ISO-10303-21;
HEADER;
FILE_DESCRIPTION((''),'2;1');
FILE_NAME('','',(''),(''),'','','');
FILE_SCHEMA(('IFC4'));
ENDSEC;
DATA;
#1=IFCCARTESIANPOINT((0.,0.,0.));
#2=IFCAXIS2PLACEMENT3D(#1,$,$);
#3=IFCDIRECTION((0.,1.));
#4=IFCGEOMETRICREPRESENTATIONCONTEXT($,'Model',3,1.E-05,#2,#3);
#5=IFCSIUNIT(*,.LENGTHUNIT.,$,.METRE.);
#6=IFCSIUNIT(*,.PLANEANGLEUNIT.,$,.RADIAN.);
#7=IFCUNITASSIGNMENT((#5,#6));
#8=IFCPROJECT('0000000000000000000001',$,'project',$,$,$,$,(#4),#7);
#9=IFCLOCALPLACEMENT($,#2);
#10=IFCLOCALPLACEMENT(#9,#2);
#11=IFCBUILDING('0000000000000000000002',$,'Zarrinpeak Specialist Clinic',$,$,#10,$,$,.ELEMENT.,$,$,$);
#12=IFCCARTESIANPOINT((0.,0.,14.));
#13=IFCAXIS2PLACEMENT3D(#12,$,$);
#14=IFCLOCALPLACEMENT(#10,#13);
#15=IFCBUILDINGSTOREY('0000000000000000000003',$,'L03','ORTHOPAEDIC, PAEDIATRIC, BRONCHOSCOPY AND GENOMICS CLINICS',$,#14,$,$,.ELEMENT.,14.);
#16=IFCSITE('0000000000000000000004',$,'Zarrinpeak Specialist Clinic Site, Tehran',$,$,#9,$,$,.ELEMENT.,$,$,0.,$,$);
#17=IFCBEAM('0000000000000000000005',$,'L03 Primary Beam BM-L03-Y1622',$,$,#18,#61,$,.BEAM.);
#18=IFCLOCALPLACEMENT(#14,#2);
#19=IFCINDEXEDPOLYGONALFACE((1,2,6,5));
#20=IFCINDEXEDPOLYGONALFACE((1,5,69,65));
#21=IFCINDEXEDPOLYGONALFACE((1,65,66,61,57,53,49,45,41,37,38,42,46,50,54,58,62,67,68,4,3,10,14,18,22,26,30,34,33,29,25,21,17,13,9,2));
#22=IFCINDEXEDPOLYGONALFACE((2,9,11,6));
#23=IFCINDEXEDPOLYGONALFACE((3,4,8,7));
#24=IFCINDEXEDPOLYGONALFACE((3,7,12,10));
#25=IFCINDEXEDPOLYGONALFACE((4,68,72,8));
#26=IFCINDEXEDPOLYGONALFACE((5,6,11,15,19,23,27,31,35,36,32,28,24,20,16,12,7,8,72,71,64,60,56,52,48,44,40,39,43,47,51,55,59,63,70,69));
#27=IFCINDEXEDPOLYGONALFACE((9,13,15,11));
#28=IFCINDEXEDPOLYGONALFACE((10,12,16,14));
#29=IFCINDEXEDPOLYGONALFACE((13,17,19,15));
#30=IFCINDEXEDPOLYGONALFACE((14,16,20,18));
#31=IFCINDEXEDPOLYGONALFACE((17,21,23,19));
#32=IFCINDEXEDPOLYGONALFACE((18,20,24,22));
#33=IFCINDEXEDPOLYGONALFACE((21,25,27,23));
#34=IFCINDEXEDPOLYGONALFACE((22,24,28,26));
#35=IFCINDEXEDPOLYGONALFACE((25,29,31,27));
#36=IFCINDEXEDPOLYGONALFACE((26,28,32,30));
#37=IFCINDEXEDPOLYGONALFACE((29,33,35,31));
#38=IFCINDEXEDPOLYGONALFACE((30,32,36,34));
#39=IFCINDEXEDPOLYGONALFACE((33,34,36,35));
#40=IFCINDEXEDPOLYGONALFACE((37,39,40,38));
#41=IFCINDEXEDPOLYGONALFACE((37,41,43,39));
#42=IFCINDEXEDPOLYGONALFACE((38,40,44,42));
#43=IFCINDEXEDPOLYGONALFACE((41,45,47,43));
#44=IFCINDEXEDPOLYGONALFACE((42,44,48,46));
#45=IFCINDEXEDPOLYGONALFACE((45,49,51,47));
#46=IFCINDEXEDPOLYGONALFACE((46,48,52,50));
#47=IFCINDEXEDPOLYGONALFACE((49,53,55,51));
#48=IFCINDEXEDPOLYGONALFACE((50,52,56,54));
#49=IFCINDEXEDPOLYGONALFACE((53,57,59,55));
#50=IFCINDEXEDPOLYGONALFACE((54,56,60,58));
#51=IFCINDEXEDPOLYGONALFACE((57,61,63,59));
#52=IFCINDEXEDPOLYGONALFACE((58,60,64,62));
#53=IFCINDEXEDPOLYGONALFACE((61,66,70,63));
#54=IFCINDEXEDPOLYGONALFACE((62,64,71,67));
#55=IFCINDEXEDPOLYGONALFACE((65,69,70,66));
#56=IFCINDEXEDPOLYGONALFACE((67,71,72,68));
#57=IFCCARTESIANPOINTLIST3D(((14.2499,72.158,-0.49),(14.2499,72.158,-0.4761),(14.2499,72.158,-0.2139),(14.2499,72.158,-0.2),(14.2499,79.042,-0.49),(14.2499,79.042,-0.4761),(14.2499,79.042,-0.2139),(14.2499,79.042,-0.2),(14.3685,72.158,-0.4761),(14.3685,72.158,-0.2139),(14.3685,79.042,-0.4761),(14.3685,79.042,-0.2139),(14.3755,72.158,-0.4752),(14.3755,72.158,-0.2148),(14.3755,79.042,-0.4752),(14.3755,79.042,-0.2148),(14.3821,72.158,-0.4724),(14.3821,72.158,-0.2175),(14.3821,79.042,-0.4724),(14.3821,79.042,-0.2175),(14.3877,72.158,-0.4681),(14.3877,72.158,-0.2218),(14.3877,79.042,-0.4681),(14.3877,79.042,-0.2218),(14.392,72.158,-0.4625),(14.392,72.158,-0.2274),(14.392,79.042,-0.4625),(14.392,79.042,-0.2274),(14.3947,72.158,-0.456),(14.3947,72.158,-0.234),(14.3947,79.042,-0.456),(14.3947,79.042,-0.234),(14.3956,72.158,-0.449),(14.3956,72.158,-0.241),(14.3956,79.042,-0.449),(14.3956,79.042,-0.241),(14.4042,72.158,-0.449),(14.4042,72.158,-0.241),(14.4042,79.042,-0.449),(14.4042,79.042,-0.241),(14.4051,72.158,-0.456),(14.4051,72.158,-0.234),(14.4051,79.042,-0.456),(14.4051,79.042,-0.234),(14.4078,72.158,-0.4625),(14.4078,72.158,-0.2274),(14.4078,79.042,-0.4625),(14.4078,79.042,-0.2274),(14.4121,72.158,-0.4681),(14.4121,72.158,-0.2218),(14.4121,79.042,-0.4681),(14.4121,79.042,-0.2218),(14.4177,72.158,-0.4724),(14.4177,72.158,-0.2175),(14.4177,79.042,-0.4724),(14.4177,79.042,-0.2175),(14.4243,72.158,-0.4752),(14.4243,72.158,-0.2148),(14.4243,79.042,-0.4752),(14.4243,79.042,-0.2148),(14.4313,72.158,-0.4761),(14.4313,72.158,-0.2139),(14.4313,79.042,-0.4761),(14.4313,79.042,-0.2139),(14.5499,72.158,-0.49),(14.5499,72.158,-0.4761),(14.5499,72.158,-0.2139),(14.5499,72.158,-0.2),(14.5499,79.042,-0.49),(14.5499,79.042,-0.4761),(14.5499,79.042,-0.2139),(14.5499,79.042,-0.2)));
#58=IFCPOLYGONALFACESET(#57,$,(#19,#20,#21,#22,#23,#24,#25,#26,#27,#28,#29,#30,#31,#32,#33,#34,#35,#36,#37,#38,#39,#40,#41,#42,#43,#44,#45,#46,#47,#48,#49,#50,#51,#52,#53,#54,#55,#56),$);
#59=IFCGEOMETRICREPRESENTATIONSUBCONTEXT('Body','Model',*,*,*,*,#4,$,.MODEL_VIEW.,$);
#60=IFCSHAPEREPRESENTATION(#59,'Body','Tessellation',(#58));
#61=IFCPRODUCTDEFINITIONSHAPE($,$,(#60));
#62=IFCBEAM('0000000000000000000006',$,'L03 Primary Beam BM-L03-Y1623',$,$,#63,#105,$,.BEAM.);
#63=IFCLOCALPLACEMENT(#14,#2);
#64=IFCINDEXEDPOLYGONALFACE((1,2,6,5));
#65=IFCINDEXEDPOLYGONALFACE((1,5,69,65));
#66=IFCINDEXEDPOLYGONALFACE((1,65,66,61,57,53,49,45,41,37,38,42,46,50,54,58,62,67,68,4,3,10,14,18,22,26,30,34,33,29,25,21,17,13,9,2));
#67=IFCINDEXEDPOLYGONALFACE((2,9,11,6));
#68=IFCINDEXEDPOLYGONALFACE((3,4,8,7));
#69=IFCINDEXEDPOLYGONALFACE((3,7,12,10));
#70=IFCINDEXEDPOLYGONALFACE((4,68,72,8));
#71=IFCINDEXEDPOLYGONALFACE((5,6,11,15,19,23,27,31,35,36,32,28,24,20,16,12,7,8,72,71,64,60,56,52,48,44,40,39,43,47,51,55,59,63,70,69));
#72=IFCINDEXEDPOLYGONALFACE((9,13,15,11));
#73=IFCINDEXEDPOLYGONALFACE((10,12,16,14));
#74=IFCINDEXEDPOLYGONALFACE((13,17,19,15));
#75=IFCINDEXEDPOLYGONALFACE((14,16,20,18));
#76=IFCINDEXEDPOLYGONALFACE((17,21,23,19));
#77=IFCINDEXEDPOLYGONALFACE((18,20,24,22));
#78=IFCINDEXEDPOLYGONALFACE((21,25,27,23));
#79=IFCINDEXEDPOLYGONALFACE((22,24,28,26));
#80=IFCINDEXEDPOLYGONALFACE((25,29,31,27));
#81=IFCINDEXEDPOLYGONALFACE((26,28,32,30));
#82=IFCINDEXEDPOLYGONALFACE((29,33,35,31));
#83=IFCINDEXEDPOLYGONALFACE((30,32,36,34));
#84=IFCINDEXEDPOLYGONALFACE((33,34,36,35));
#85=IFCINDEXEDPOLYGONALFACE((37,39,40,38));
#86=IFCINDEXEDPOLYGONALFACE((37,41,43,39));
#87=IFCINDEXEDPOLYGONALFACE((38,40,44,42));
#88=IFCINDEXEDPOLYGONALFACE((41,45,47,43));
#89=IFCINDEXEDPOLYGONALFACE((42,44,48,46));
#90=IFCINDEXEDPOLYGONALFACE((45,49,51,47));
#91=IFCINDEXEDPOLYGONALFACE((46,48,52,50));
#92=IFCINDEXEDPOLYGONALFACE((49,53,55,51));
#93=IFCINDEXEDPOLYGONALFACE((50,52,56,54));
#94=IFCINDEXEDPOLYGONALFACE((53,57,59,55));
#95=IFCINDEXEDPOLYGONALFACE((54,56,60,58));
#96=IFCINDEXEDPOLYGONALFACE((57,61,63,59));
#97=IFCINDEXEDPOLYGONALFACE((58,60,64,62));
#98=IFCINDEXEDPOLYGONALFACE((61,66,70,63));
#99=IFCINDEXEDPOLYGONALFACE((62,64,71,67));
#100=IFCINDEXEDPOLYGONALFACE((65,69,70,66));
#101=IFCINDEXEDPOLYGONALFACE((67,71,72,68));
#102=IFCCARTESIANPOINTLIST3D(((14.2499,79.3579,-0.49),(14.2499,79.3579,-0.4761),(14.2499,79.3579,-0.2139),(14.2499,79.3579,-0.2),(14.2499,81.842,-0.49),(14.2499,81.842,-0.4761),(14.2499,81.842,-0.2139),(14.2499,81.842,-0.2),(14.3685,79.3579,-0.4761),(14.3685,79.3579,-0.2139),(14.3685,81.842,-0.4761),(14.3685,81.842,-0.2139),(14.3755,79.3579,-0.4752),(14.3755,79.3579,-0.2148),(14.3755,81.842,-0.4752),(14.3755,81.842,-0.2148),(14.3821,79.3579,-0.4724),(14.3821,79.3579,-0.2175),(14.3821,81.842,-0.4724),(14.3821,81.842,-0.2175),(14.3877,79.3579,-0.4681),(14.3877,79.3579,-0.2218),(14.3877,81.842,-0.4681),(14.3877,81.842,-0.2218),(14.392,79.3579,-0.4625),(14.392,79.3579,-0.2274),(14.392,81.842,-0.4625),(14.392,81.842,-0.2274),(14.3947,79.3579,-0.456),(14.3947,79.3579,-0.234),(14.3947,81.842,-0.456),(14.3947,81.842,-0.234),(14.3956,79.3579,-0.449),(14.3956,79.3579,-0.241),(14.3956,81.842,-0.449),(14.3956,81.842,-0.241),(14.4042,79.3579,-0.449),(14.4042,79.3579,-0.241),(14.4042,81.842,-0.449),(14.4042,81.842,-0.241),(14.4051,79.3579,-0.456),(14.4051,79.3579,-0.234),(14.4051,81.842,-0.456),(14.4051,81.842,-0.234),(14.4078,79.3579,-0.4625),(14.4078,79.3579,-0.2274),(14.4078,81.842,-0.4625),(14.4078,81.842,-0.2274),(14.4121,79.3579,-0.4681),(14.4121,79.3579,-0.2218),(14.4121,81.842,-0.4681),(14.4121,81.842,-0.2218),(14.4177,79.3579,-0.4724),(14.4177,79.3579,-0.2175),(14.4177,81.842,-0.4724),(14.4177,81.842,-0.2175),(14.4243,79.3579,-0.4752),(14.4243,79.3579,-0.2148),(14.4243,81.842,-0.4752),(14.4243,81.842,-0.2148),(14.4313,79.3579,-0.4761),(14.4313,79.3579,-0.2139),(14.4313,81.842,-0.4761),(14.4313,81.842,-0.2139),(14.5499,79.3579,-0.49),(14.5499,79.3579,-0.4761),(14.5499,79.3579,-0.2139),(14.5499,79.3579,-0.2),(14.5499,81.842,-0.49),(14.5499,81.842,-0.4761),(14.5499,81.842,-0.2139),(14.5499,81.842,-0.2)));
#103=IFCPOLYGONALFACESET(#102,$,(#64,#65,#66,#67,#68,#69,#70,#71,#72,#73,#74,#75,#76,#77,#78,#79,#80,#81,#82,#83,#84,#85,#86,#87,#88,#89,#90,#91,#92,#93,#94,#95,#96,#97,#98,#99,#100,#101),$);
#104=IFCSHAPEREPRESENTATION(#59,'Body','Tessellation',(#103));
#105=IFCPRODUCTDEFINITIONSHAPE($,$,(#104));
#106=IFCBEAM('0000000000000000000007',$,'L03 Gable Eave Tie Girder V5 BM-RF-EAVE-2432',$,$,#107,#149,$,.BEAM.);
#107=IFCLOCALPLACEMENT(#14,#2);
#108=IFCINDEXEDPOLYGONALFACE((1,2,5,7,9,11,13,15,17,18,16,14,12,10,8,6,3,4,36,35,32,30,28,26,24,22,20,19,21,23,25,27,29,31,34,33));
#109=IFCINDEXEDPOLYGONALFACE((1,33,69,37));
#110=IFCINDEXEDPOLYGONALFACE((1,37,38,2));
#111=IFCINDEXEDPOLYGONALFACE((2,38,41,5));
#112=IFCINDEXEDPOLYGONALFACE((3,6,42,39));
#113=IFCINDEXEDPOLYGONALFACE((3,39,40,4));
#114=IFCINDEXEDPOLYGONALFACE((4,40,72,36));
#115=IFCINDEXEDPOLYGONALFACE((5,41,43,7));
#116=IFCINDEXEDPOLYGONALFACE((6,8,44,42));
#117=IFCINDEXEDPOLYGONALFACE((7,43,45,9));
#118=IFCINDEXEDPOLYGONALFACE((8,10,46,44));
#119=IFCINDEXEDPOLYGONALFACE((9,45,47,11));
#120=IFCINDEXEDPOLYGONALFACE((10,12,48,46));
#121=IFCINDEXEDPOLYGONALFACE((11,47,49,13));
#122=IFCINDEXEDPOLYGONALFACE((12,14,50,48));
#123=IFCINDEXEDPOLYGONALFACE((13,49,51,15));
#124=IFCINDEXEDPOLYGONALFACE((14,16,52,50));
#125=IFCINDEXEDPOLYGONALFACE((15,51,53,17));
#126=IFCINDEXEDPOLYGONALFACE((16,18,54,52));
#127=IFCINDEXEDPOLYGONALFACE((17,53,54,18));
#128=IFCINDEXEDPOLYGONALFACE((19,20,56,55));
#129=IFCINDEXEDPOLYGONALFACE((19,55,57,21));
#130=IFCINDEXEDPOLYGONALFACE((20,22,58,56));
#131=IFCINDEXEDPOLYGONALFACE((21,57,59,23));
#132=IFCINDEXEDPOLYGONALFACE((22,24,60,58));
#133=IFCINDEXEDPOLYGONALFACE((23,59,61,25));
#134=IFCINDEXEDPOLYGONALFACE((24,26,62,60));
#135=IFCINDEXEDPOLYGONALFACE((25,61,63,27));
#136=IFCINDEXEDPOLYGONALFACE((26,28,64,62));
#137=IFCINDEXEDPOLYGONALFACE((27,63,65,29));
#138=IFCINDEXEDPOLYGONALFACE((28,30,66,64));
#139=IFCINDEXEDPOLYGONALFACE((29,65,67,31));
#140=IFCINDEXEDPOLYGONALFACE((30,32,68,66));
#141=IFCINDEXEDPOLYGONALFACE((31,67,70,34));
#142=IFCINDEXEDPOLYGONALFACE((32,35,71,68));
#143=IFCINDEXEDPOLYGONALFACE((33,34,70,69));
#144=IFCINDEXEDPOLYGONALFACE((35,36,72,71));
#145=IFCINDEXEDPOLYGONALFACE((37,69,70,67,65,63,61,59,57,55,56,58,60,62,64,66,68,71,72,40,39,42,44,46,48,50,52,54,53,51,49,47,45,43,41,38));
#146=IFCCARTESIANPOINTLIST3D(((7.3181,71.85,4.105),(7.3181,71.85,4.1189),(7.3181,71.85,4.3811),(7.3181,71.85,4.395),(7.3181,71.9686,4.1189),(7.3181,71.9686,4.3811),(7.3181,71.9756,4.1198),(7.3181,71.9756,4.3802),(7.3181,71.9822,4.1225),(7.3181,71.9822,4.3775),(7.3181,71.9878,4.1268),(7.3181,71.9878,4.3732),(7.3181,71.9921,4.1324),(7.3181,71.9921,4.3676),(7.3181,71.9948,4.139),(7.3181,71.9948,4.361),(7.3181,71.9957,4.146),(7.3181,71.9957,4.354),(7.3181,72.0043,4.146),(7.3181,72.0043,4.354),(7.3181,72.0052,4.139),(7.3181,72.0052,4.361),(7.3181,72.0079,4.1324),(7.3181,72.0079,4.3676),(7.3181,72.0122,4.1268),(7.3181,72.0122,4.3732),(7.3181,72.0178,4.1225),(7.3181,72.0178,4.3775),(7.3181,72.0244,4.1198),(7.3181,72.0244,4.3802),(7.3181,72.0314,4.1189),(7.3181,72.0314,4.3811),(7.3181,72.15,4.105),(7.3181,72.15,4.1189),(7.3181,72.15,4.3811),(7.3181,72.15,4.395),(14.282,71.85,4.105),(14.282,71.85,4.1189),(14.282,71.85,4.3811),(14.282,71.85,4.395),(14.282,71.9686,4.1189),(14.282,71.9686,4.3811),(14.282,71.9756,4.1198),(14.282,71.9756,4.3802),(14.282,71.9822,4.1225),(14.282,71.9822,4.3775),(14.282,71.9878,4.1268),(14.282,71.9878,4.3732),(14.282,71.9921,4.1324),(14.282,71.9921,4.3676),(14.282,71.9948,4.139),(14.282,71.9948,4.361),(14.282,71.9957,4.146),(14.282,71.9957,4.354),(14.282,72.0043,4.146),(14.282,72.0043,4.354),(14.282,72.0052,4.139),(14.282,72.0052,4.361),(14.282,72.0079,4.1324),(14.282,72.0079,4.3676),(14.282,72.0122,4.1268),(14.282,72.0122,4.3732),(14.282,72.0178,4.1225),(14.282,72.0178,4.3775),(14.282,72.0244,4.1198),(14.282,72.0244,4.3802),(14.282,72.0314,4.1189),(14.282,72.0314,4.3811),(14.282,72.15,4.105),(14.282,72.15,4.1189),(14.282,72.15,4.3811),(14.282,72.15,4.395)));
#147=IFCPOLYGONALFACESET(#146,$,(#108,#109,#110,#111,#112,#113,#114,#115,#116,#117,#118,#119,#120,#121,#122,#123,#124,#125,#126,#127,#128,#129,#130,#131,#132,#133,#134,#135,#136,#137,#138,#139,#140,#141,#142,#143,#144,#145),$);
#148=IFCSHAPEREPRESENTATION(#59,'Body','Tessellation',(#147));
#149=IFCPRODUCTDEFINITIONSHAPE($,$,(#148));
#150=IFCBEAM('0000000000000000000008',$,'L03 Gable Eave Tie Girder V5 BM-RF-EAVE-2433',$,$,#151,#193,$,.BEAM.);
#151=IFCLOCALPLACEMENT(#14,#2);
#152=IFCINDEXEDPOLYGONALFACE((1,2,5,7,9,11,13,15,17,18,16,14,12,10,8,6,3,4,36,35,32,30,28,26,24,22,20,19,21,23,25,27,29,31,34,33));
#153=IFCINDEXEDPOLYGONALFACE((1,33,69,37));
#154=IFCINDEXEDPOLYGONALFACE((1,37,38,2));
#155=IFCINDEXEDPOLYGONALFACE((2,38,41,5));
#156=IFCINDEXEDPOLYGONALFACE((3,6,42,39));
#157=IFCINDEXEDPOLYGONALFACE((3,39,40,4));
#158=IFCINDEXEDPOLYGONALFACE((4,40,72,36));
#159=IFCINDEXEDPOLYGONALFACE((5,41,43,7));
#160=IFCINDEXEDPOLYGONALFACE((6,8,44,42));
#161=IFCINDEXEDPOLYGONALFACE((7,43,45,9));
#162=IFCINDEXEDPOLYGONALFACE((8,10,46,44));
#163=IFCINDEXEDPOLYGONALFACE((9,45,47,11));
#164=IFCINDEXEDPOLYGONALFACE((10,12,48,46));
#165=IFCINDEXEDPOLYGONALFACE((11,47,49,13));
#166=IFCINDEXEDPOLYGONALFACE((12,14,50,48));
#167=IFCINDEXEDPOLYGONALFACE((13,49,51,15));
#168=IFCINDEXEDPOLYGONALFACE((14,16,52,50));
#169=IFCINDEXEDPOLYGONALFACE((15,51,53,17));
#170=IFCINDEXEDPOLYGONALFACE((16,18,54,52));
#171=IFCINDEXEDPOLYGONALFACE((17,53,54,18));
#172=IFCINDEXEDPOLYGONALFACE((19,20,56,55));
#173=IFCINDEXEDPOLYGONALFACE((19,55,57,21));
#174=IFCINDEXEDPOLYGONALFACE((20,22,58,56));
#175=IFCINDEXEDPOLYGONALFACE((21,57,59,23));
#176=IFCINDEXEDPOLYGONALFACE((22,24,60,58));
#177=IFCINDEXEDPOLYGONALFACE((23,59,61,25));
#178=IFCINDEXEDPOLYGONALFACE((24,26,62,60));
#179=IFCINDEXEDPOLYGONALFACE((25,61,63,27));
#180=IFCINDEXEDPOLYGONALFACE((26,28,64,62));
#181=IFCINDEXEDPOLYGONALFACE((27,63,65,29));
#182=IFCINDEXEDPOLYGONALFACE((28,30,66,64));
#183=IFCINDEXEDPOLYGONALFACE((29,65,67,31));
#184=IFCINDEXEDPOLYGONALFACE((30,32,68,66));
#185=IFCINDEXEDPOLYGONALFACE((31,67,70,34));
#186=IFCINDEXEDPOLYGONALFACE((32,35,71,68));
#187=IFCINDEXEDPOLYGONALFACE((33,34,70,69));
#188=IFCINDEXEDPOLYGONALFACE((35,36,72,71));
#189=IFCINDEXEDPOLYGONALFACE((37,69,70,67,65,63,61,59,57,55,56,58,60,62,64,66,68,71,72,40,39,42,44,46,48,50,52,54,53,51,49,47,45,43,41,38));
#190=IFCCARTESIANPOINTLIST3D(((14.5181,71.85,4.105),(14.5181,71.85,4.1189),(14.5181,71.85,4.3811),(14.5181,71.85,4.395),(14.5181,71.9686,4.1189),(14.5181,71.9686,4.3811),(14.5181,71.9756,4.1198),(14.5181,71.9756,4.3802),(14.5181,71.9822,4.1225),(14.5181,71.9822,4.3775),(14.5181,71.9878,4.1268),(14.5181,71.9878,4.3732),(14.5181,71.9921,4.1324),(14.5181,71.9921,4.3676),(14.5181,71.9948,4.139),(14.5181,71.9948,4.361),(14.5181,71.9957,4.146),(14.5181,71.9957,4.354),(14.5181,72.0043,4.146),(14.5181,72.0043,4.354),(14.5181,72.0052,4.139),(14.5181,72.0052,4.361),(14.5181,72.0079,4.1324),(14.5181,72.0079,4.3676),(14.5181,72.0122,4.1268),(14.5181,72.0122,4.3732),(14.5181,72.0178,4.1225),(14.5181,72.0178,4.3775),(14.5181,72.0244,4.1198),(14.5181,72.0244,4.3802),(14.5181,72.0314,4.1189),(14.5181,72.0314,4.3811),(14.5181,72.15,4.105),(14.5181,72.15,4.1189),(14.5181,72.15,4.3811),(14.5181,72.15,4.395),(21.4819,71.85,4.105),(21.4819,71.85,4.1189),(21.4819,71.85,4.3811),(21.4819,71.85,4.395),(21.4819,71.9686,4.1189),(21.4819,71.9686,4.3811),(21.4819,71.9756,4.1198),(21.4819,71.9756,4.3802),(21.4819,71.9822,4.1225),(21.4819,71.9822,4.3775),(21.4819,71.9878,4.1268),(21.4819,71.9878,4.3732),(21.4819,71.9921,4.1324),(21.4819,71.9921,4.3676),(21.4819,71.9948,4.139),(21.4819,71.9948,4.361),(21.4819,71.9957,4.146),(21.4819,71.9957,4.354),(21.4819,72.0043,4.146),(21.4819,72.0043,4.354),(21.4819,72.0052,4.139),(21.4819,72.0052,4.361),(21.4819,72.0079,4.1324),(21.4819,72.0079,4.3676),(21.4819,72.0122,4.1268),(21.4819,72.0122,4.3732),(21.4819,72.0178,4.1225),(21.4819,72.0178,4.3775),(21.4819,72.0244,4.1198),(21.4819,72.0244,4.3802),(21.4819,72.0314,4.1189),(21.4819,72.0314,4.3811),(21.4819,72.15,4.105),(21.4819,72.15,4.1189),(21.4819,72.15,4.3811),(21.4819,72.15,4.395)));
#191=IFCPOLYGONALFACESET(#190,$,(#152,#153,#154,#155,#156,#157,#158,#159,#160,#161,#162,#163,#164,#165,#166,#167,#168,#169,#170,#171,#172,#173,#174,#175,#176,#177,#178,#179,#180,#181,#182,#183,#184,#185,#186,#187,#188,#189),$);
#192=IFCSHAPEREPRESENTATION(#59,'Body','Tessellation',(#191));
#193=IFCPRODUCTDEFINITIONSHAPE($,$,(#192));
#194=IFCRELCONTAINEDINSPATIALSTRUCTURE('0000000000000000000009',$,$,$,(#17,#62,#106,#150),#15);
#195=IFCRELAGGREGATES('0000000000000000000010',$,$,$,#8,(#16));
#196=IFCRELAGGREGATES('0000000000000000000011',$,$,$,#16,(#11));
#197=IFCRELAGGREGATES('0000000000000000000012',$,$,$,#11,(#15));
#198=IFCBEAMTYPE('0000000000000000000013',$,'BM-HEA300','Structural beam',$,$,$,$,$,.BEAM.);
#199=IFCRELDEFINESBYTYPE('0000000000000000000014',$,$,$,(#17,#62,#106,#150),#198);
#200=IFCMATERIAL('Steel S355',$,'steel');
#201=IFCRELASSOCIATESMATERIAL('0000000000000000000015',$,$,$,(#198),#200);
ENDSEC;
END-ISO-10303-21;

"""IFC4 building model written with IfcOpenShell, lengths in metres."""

from ifc_helpers import new_model, si_unit, direction, frame, origin, origin_2d, place, context, subcontext, project, spatial, i_section, extrude, material, material_profile, profile_set, type_object, element, save


model = new_model("IFC4")

# Units and contexts
model_context = context("Model", 3, precision=1e-05, world=origin(), true_north=direction((0.0, 1.0)))
body_context = subcontext(model_context, "Body", "Model", "MODEL_VIEW")
ifc_project = project(units=[si_unit("LENGTHUNIT", "METRE"), si_unit("PLANEANGLEUNIT", "RADIAN")], contexts=[model_context])

# Site, building, storey
site_placement = place(None, origin())
site = spatial("IfcSite", under=ifc_project, at=site_placement, Name="Zarrinpeak Specialist Clinic Site, Tehran", CompositionType="ELEMENT", RefElevation=0.0)
building_placement = place(site_placement, origin())
building = spatial("IfcBuilding", under=site, at=building_placement, Name="Zarrinpeak Specialist Clinic", CompositionType="ELEMENT")
storey_placement = place(building_placement, frame((0.0, 0.0, 14.0)))
storey = spatial("IfcBuildingStorey", under=building, at=storey_placement, Name="L03", Description="ORTHOPAEDIC, PAEDIATRIC, BRONCHOSCOPY AND GENOMICS CLINICS", CompositionType="ELEMENT", Elevation=14.0)

# Shared definitions
ifc_material_1 = material(Name="Steel S355", Category="steel")

# Beams
ifc_material_profile_1 = material_profile(ifc_material_1, i_section(OverallWidth=0.3, OverallDepth=0.29, WebThickness=0.0085, FlangeThickness=0.0139, FilletRadius=0.0271, at=origin_2d()), Name="HEA 300")
ifc_profile_set_1 = profile_set([ifc_material_profile_1], Name="Steel S355")
beam_type_1 = type_object("IfcBeamType", Name="BM-HEA300", Description="Structural beam", PredefinedType="BEAM", material=ifc_profile_set_1)
for number, where, z_axis, x_axis, name in (
    (1, (14.3999, 72.158, -0.345), (0.0, 1.0, 0.0), (-1.0, 0.0, 0.0), "L03 Primary Beam BM-L03-Y1622"),
):
    element("IfcBeam", number, at=place(storey_placement, frame(where, z_axis=z_axis, x_axis=x_axis)), inside=storey, type_object=beam_type_1, Name=name, PredefinedType="BEAM", context=body_context, shape_type="SweptSolid", body=[
        extrude(i_section(OverallWidth=0.3, OverallDepth=0.29, WebThickness=0.0085, FlangeThickness=0.0139, FilletRadius=0.0271, at=origin_2d()), origin(), (0.0, 0.0, 1.0), 6.884),
    ])
beam_1_placement = place(storey_placement, frame((14.3999, 79.3579, -0.345), z_axis=(0.0, 1.0, 0.0), x_axis=(-1.0, 0.0, 0.0)))
element("IfcBeam", 2, at=beam_1_placement, inside=storey, type_object=beam_type_1, Name="L03 Primary Beam BM-L03-Y1623", PredefinedType="BEAM", context=body_context, shape_type="SweptSolid", body=[
    extrude(i_section(OverallWidth=0.3, OverallDepth=0.29, WebThickness=0.0085, FlangeThickness=0.0139, FilletRadius=0.0271, at=origin_2d()), origin(), (0.0, 0.0, 1.0), 2.4841),
])
for number, where, z_axis, x_axis, name in (
    (3, (7.3181, 72.0, 4.25), (1.0, 0.0, 0.0), (0.0, 1.0, 0.0), "L03 Gable Eave Tie Girder V5 BM-RF-EAVE-2432"),
    (4, (14.5181, 72.0, 4.25), (1.0, 0.0, 0.0), (0.0, 1.0, 0.0), "L03 Gable Eave Tie Girder V5 BM-RF-EAVE-2433"),
):
    element("IfcBeam", number, at=place(storey_placement, frame(where, z_axis=z_axis, x_axis=x_axis)), inside=storey, type_object=beam_type_1, Name=name, PredefinedType="BEAM", context=body_context, shape_type="SweptSolid", body=[
        extrude(i_section(OverallWidth=0.3, OverallDepth=0.29, WebThickness=0.0085, FlangeThickness=0.0139, FilletRadius=0.0271, at=origin_2d()), origin(), (0.0, 0.0, 1.0), 6.9639),
    ])

save(model, "model.ifc")
